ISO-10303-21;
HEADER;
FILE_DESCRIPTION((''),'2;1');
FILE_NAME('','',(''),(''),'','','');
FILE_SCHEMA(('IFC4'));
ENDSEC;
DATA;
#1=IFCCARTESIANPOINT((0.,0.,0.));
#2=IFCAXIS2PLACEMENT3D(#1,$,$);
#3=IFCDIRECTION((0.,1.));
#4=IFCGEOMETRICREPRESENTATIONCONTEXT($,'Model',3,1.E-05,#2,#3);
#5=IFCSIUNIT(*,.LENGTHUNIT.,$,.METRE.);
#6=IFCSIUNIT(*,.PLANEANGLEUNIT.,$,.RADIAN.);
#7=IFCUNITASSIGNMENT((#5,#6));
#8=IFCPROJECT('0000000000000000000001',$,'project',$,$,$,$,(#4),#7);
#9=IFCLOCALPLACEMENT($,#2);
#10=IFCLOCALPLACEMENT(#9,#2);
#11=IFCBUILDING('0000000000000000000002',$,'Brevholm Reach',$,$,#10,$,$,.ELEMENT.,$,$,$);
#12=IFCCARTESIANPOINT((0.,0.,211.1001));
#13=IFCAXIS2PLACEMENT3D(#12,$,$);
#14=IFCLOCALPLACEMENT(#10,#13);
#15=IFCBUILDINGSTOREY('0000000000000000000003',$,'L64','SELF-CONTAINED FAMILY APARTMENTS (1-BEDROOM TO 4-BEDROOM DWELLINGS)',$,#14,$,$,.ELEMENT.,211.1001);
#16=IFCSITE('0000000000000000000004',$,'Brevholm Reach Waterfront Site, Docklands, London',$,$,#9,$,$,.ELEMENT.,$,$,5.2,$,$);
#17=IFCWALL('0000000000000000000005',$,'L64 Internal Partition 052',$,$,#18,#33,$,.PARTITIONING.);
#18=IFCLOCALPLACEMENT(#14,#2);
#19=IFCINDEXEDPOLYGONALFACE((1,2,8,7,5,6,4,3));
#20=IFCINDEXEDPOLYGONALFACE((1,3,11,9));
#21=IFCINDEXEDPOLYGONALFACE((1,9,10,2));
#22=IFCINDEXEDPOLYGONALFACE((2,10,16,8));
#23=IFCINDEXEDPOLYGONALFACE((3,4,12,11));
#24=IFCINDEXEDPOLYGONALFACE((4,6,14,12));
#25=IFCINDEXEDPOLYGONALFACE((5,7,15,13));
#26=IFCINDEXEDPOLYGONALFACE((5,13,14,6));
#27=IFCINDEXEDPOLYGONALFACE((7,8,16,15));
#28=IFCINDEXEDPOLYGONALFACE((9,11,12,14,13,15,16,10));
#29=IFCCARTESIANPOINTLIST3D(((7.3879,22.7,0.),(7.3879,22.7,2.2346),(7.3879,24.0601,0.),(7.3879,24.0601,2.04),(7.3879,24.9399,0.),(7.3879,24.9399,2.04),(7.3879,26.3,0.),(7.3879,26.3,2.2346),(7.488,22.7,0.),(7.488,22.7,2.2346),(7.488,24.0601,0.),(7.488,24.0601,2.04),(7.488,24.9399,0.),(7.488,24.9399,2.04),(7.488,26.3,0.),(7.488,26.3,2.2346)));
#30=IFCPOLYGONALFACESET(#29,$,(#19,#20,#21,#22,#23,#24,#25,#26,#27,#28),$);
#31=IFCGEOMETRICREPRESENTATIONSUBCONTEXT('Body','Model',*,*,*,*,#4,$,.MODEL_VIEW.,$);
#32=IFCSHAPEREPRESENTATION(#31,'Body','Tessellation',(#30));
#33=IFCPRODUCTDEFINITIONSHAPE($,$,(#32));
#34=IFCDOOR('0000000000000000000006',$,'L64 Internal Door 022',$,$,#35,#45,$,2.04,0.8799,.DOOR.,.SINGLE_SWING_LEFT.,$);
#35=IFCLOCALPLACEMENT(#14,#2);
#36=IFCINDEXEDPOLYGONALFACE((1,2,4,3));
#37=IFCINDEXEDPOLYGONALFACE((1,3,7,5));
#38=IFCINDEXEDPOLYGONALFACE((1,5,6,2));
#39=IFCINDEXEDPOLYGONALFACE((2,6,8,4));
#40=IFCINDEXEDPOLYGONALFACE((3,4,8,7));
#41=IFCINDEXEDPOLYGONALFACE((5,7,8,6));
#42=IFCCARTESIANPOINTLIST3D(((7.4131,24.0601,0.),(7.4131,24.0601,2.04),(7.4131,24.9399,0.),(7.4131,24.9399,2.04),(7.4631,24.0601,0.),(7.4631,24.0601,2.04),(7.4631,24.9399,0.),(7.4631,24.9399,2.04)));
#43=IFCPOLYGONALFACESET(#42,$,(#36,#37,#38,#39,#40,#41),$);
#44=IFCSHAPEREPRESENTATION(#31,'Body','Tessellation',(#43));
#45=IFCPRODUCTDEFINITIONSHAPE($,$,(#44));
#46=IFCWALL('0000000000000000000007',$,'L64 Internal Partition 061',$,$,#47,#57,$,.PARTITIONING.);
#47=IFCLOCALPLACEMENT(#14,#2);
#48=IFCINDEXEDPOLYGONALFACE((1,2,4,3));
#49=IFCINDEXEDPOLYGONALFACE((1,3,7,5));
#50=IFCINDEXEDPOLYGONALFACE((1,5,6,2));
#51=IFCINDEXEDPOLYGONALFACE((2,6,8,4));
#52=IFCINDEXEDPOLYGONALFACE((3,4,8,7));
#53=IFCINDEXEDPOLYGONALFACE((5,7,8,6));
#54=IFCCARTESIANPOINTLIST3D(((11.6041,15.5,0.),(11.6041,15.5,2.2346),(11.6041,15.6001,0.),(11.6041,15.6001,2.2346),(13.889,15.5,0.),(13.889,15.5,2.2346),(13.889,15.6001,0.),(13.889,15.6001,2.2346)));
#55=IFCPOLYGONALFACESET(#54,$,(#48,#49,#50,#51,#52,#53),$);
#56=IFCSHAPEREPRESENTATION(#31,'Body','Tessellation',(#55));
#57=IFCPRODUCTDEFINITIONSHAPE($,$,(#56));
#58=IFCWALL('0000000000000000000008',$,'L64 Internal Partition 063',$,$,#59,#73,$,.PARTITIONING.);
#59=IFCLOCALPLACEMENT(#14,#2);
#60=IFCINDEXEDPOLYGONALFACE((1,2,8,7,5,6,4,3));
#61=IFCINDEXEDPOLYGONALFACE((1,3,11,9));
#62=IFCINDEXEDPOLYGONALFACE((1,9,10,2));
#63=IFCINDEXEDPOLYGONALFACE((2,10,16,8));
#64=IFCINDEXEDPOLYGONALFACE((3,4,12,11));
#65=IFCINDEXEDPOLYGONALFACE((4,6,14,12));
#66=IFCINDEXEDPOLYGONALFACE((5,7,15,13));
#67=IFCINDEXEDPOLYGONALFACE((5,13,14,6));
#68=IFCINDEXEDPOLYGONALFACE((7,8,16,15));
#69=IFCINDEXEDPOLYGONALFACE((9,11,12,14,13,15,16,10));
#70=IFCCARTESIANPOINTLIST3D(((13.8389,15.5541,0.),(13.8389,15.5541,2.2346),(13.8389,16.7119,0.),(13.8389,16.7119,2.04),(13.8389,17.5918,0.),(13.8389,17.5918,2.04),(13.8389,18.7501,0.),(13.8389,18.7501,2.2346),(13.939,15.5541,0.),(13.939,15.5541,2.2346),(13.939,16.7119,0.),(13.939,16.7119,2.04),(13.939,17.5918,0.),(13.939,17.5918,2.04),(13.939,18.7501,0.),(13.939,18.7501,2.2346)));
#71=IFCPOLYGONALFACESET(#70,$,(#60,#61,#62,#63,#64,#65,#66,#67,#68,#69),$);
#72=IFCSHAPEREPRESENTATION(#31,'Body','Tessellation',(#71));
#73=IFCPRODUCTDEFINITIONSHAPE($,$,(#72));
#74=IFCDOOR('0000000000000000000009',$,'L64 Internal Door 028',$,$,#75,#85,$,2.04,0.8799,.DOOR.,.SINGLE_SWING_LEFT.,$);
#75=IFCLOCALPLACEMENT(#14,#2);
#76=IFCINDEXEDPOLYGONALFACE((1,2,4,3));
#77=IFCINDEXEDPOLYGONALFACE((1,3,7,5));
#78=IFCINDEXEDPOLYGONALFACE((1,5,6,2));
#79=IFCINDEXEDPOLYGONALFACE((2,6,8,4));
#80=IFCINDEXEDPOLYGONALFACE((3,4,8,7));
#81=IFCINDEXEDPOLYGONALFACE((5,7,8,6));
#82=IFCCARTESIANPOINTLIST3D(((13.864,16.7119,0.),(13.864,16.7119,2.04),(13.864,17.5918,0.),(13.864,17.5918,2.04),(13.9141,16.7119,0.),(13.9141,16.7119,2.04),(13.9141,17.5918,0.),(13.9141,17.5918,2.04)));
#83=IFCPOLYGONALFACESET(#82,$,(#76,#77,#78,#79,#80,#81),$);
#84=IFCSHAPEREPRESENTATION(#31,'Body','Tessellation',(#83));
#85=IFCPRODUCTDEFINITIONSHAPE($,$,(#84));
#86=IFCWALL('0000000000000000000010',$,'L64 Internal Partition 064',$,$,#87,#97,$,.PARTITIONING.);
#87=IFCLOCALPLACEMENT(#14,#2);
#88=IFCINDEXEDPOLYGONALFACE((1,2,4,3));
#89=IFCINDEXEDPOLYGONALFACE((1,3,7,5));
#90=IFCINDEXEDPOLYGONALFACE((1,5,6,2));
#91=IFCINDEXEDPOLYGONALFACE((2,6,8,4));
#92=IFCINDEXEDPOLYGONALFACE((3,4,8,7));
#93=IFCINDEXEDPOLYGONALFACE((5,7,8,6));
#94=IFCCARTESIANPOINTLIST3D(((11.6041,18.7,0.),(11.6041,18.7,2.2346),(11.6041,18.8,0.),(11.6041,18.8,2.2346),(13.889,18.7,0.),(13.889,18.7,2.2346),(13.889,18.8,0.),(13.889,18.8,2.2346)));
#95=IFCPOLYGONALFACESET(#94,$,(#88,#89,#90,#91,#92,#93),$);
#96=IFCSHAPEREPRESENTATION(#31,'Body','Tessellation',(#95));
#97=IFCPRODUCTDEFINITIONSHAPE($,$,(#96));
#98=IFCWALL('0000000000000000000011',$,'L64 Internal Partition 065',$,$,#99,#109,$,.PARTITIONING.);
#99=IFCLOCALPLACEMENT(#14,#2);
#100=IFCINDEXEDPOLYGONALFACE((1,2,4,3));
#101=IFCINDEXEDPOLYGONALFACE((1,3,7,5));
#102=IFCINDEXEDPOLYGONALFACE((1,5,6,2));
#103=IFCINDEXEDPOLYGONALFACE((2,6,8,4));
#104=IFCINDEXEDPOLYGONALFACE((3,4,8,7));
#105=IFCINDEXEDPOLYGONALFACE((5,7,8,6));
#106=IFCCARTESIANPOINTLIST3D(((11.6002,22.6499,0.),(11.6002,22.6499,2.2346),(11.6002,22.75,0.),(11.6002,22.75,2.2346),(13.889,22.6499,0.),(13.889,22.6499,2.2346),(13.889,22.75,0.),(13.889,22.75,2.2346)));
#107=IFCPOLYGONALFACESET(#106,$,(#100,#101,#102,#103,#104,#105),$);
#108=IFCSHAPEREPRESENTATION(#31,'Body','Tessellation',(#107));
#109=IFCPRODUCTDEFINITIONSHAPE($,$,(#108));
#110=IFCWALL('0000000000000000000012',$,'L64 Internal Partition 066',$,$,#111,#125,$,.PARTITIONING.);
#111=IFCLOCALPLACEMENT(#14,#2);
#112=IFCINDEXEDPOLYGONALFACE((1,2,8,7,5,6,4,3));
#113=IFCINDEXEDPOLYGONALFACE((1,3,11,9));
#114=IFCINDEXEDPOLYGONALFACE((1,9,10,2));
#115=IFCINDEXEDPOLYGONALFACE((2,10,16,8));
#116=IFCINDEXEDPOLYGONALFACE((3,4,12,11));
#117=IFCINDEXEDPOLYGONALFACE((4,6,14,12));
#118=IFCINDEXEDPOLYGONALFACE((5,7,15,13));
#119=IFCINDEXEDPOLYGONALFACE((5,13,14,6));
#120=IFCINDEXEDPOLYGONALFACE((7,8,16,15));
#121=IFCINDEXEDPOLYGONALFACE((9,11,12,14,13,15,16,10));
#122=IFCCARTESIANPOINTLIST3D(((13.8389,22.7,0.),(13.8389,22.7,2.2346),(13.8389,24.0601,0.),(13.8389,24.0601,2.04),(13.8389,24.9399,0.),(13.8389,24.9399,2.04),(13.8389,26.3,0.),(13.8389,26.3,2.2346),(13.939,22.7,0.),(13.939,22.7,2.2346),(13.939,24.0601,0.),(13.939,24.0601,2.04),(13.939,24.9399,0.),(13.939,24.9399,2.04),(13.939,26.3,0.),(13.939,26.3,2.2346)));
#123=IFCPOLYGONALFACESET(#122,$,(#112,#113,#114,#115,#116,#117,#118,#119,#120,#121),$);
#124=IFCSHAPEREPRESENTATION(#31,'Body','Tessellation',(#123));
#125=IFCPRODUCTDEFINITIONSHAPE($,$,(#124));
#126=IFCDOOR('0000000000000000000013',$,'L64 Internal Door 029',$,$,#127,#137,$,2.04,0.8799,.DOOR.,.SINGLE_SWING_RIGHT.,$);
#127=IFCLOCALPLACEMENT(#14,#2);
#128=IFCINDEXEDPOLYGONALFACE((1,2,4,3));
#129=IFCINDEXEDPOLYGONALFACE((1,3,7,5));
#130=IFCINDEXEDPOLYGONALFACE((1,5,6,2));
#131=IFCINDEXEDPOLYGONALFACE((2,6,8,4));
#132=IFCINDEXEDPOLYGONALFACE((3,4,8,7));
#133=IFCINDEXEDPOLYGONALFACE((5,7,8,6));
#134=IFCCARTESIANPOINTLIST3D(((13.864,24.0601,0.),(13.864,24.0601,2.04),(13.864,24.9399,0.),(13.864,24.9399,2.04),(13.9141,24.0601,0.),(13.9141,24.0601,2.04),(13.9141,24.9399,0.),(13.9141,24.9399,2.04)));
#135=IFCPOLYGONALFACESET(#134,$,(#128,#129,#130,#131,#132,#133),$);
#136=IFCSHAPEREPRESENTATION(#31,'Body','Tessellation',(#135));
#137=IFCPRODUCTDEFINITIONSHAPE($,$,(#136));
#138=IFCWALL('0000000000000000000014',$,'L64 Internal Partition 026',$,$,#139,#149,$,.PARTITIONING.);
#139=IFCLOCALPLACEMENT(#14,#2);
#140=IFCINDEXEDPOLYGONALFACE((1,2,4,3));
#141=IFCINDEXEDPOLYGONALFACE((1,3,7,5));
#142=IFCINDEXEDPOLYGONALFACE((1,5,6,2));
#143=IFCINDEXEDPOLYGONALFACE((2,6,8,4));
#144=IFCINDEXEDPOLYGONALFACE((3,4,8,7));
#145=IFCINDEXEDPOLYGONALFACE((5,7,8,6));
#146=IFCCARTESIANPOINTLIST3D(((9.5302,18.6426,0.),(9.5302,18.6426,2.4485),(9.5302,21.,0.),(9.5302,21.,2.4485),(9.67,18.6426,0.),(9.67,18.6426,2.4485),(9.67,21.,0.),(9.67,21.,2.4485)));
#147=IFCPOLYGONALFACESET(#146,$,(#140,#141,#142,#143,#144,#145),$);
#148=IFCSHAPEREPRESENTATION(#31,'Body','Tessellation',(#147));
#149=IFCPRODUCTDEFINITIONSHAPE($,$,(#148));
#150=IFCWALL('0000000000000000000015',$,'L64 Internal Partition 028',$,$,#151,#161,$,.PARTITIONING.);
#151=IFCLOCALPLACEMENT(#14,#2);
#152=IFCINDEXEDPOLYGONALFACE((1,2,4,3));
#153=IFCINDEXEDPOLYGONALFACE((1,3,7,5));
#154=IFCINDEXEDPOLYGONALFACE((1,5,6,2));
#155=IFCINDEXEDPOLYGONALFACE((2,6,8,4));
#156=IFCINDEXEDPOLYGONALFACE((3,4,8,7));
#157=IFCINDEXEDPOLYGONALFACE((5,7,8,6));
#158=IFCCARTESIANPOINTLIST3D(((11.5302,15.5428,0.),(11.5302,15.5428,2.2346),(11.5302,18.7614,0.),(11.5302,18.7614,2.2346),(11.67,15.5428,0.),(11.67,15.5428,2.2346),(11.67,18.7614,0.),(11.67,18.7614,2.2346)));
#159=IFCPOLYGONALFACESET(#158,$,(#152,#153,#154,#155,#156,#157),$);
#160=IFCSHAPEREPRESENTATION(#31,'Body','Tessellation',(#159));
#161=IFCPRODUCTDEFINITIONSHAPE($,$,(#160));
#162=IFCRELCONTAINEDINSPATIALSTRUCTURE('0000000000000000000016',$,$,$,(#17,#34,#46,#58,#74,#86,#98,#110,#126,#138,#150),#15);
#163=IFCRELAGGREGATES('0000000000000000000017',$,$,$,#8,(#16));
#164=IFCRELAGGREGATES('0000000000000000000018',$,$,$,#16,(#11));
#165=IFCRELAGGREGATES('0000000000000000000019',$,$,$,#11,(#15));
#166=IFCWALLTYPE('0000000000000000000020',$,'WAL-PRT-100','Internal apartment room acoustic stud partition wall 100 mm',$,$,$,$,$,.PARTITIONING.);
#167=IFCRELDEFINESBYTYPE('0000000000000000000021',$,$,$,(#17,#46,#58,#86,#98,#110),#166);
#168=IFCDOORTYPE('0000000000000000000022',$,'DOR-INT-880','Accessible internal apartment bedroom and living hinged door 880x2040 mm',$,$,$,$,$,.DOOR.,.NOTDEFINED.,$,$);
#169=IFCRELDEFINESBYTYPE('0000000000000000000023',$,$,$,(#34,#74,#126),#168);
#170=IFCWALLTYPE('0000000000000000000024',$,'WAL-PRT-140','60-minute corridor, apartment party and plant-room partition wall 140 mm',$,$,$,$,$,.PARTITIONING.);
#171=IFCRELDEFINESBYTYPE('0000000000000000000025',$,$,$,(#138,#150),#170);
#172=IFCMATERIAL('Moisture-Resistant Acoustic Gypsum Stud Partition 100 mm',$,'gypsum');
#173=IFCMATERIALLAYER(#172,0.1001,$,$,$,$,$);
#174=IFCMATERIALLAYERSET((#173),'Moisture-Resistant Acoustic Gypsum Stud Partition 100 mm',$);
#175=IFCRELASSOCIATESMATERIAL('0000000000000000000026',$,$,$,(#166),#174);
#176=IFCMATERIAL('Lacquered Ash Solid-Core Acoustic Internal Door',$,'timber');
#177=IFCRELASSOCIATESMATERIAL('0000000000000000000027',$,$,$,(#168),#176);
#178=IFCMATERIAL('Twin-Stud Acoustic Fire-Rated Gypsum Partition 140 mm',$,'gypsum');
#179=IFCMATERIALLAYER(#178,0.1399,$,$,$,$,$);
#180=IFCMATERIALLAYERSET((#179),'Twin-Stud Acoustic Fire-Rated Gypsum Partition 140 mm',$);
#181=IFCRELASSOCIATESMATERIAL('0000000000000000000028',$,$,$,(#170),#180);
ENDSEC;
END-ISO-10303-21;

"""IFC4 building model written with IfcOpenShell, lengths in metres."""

from ifc_helpers import new_model, si_unit, direction, frame, frame_2d, origin, place, context, subcontext, project, spatial, rectangle, extrude, material, layer, layer_set, type_object, element, fill, save


model = new_model("IFC4")

# Units and contexts
model_context = context("Model", 3, precision=1e-05, world=origin(), true_north=direction((0.0, 1.0)))
body_context = subcontext(model_context, "Body", "Model", "MODEL_VIEW")
ifc_project = project(units=[si_unit("LENGTHUNIT", "METRE"), si_unit("PLANEANGLEUNIT", "RADIAN")], contexts=[model_context])

# Site, building, storey
site_placement = place(None, origin())
site = spatial("IfcSite", under=ifc_project, at=site_placement, Name="Brevholm Reach Waterfront Site, Docklands, London", CompositionType="ELEMENT", RefElevation=5.2)
building_placement = place(site_placement, origin())
building = spatial("IfcBuilding", under=site, at=building_placement, Name="Brevholm Reach", CompositionType="ELEMENT")
storey_placement = place(building_placement, frame((0.0, 0.0, 211.1001)))
storey = spatial("IfcBuildingStorey", under=building, at=storey_placement, Name="L64", Description="SELF-CONTAINED FAMILY APARTMENTS (1-BEDROOM TO 4-BEDROOM DWELLINGS)", CompositionType="ELEMENT", Elevation=211.1001)

# Wall, opening, door
ifc_material_1 = material(Name="Moisture-Resistant Acoustic Gypsum Stud Partition 100 mm", Category="gypsum")
ifc_layer_1 = layer(ifc_material_1, 0.1001)
ifc_layer_set_1 = layer_set([ifc_layer_1], Name="Moisture-Resistant Acoustic Gypsum Stud Partition 100 mm")
wall_type_1 = type_object("IfcWallType", Name="WAL-PRT-100", Description="Internal apartment room acoustic stud partition wall 100 mm", PredefinedType="PARTITIONING", material=ifc_layer_set_1)
wall_1_placement = place(storey_placement, frame((7.438, 22.7, 0.0), z_axis=(0.0, 0.0, 1.0), x_axis=(0.0, 1.0, 0.0)))
wall_1 = element("IfcWall", 1, at=wall_1_placement, inside=storey, type_object=wall_type_1, Name="L64 Internal Partition 052", PredefinedType="PARTITIONING", context=body_context, shape_type="SweptSolid", body=[
    extrude(rectangle(XDim=3.6001, YDim=0.1001, at=frame_2d((1.8, 0.0))), origin(), (0.0, 0.0, 1.0), 2.2346),
])
opening_1_placement = place(wall_1_placement, frame((1.3601, 0.0, 0.0)))
opening_1 = element("IfcOpeningElement", 2, at=opening_1_placement, cuts=wall_1, PredefinedType="OPENING", context=body_context, shape_type="SweptSolid", body=[
    extrude(rectangle(XDim=0.8799, YDim=2.04, at=frame_2d((0.4399, 1.02))), frame((0.0, 0.0601, 0.0), z_axis=(0.0, -1.0, 0.0), x_axis=(1.0, 0.0, 0.0)), (0.0, 0.0, 1.0), 0.1201),
])
ifc_material_2 = material(Name="Lacquered Ash Solid-Core Acoustic Internal Door", Category="timber")
door_type_1 = type_object("IfcDoorType", Name="DOR-INT-880", Description="Accessible internal apartment bedroom and living hinged door 880x2040 mm", OperationType="NOTDEFINED", PredefinedType="DOOR", material=ifc_material_2)
door_1_placement = place(opening_1_placement, origin())
door_1 = element("IfcDoor", 3, at=door_1_placement, inside=storey, type_object=door_type_1, Name="L64 Internal Door 022", OperationType="SINGLE_SWING_LEFT", OverallHeight=2.04, OverallWidth=0.8799, PredefinedType="DOOR", context=body_context, shape_type="SweptSolid", body=[
    extrude(rectangle(XDim=0.8799, YDim=2.04, at=frame_2d((0.4399, 1.02))), frame((0.0, 0.0249, 0.0), z_axis=(0.0, -1.0, 0.0), x_axis=(1.0, 0.0, 0.0)), (0.0, 0.0, 1.0), 0.05),
])
fill(opening_1, door_1)

# Wall
wall_2_placement = place(storey_placement, frame((11.604, 15.55, 0.0), z_axis=(0.0, 0.0, 1.0), x_axis=(1.0, 0.0, 0.0)))
element("IfcWall", 4, at=wall_2_placement, inside=storey, type_object=wall_type_1, Name="L64 Internal Partition 061", PredefinedType="PARTITIONING", context=body_context, shape_type="SweptSolid", body=[
    extrude(rectangle(XDim=2.2849, YDim=0.1001, at=frame_2d((1.1426, 0.0))), origin(), (0.0, 0.0, 1.0), 2.2346),
])

# Wall, opening, door
wall_3_placement = place(storey_placement, frame((13.8889, 15.554, 0.0), z_axis=(0.0, 0.0, 1.0), x_axis=(0.0, 1.0, 0.0)))
wall_3 = element("IfcWall", 5, at=wall_3_placement, inside=storey, type_object=wall_type_1, Name="L64 Internal Partition 063", PredefinedType="PARTITIONING", context=body_context, shape_type="SweptSolid", body=[
    extrude(rectangle(XDim=3.196, YDim=0.1001, at=frame_2d((1.5981, 0.0))), origin(), (0.0, 0.0, 1.0), 2.2346),
])
opening_2_placement = place(wall_3_placement, frame((1.158, 0.0, 0.0)))
opening_2 = element("IfcOpeningElement", 6, at=opening_2_placement, cuts=wall_3, PredefinedType="OPENING", context=body_context, shape_type="SweptSolid", body=[
    extrude(rectangle(XDim=0.8799, YDim=2.04, at=frame_2d((0.4399, 1.02))), frame((0.0, 0.0601, 0.0), z_axis=(0.0, -1.0, 0.0), x_axis=(1.0, 0.0, 0.0)), (0.0, 0.0, 1.0), 0.1201),
])
door_2_placement = place(opening_2_placement, origin())
door_2 = element("IfcDoor", 7, at=door_2_placement, inside=storey, type_object=door_type_1, Name="L64 Internal Door 028", OperationType="SINGLE_SWING_LEFT", OverallHeight=2.04, OverallWidth=0.8799, PredefinedType="DOOR", context=body_context, shape_type="SweptSolid", body=[
    extrude(rectangle(XDim=0.8799, YDim=2.04, at=frame_2d((0.4399, 1.02))), frame((0.0, 0.0249, 0.0), z_axis=(0.0, -1.0, 0.0), x_axis=(1.0, 0.0, 0.0)), (0.0, 0.0, 1.0), 0.05),
])
fill(opening_2, door_2)

# Walls
wall_4_placement = place(storey_placement, frame((11.604, 18.75, 0.0), z_axis=(0.0, 0.0, 1.0), x_axis=(1.0, 0.0, 0.0)))
element("IfcWall", 8, at=wall_4_placement, inside=storey, type_object=wall_type_1, Name="L64 Internal Partition 064", PredefinedType="PARTITIONING", context=body_context, shape_type="SweptSolid", body=[
    extrude(rectangle(XDim=2.2849, YDim=0.1001, at=frame_2d((1.1426, 0.0))), origin(), (0.0, 0.0, 1.0), 2.2346),
])
wall_5_placement = place(storey_placement, frame((11.6001, 22.7, 0.0), z_axis=(0.0, 0.0, 1.0), x_axis=(1.0, 0.0, 0.0)))
element("IfcWall", 9, at=wall_5_placement, inside=storey, type_object=wall_type_1, Name="L64 Internal Partition 065", PredefinedType="PARTITIONING", context=body_context, shape_type="SweptSolid", body=[
    extrude(rectangle(XDim=2.2888, YDim=0.1001, at=frame_2d((1.1445, 0.0))), origin(), (0.0, 0.0, 1.0), 2.2346),
])

# Wall, opening, door
wall_6_placement = place(storey_placement, frame((13.8889, 22.7, 0.0), z_axis=(0.0, 0.0, 1.0), x_axis=(0.0, 1.0, 0.0)))
wall_6 = element("IfcWall", 10, at=wall_6_placement, inside=storey, type_object=wall_type_1, Name="L64 Internal Partition 066", PredefinedType="PARTITIONING", context=body_context, shape_type="SweptSolid", body=[
    extrude(rectangle(XDim=3.6001, YDim=0.1001, at=frame_2d((1.8, 0.0))), origin(), (0.0, 0.0, 1.0), 2.2346),
])
opening_3_placement = place(wall_6_placement, frame((1.3601, 0.0, 0.0)))
opening_3 = element("IfcOpeningElement", 11, at=opening_3_placement, cuts=wall_6, PredefinedType="OPENING", context=body_context, shape_type="SweptSolid", body=[
    extrude(rectangle(XDim=0.8799, YDim=2.04, at=frame_2d((0.4399, 1.02))), frame((0.0, 0.0601, 0.0), z_axis=(0.0, -1.0, 0.0), x_axis=(1.0, 0.0, 0.0)), (0.0, 0.0, 1.0), 0.1201),
])
door_3_placement = place(opening_3_placement, origin())
door_3 = element("IfcDoor", 12, at=door_3_placement, inside=storey, type_object=door_type_1, Name="L64 Internal Door 029", OperationType="SINGLE_SWING_RIGHT", OverallHeight=2.04, OverallWidth=0.8799, PredefinedType="DOOR", context=body_context, shape_type="SweptSolid", body=[
    extrude(rectangle(XDim=0.8799, YDim=2.04, at=frame_2d((0.4399, 1.02))), frame((0.0, 0.0249, 0.0), z_axis=(0.0, -1.0, 0.0), x_axis=(1.0, 0.0, 0.0)), (0.0, 0.0, 1.0), 0.05),
])
fill(opening_3, door_3)

# Walls
ifc_material_3 = material(Name="Twin-Stud Acoustic Fire-Rated Gypsum Partition 140 mm", Category="gypsum")
ifc_layer_2 = layer(ifc_material_3, 0.1399)
ifc_layer_set_2 = layer_set([ifc_layer_2], Name="Twin-Stud Acoustic Fire-Rated Gypsum Partition 140 mm")
wall_type_2 = type_object("IfcWallType", Name="WAL-PRT-140", Description="60-minute corridor, apartment party and plant-room partition wall 140 mm", PredefinedType="PARTITIONING", material=ifc_layer_set_2)
wall_7_placement = place(storey_placement, frame((9.6001, 18.6426, 0.0), z_axis=(0.0, 0.0, 1.0), x_axis=(0.0, 1.0, 0.0)))
element("IfcWall", 13, at=wall_7_placement, inside=storey, type_object=wall_type_2, Name="L64 Internal Partition 026", PredefinedType="PARTITIONING", context=body_context, shape_type="SweptSolid", body=[
    extrude(rectangle(XDim=2.3574, YDim=0.1399, at=frame_2d((1.1787, 0.0))), origin(), (0.0, 0.0, 1.0), 2.4485),
])
wall_8_placement = place(storey_placement, frame((11.6001, 15.5427, 0.0), z_axis=(0.0, 0.0, 1.0), x_axis=(0.0, 1.0, 0.0)))
element("IfcWall", 14, at=wall_8_placement, inside=storey, type_object=wall_type_2, Name="L64 Internal Partition 028", PredefinedType="PARTITIONING", context=body_context, shape_type="SweptSolid", body=[
    extrude(rectangle(XDim=3.2185, YDim=0.1399, at=frame_2d((1.6094, 0.0))), origin(), (0.0, 0.0, 1.0), 2.2346),
])

save(model, "model.ifc")
